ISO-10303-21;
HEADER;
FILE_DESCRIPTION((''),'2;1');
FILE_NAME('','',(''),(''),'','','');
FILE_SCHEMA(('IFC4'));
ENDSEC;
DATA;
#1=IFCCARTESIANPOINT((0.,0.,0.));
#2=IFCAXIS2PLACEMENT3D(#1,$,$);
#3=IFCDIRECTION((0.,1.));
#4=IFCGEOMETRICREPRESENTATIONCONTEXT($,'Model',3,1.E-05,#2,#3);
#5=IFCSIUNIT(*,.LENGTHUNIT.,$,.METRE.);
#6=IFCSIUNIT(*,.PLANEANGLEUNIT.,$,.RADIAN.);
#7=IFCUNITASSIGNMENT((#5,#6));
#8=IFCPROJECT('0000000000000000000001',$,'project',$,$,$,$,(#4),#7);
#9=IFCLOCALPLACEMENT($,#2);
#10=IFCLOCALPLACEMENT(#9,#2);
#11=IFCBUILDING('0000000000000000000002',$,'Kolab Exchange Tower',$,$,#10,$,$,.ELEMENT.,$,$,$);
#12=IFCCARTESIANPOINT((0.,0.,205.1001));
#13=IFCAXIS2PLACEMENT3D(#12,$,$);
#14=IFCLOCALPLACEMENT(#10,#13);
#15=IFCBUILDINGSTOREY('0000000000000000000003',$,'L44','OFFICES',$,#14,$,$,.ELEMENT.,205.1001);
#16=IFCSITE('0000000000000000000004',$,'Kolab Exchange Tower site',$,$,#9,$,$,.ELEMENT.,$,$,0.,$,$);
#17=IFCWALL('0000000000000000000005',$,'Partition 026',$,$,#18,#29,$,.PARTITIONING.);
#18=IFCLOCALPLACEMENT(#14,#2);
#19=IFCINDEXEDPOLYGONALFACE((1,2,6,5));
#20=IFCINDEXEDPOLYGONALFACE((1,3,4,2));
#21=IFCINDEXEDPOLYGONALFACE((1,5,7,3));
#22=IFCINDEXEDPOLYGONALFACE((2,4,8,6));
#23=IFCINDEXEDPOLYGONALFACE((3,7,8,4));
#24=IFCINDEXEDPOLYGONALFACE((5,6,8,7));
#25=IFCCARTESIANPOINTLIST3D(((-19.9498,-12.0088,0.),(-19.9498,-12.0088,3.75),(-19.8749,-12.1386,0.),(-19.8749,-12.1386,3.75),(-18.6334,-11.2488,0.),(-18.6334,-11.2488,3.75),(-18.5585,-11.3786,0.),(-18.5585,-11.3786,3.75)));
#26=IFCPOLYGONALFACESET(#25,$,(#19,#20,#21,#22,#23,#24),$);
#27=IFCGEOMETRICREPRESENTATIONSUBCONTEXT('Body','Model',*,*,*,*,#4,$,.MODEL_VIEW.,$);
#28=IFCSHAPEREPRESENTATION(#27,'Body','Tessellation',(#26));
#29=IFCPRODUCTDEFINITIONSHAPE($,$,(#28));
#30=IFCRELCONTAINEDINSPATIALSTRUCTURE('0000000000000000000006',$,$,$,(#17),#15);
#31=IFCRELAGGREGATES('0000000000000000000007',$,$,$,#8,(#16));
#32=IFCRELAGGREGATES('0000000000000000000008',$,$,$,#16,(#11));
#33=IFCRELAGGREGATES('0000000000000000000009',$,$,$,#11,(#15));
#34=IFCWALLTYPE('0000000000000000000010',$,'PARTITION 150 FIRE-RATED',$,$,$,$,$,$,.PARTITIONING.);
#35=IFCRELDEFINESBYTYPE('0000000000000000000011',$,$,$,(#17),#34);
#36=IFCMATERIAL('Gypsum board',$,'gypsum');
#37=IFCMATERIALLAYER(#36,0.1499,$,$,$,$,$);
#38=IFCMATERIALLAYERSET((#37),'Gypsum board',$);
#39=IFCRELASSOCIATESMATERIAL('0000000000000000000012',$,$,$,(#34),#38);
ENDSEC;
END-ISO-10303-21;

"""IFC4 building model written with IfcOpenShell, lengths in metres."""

from ifc_helpers import new_model, si_unit, direction, frame, frame_2d, origin, place, context, subcontext, project, spatial, rectangle, extrude, material, layer, layer_set, type_object, element, save


model = new_model("IFC4")

# Units and contexts
model_context = context("Model", 3, precision=1e-05, world=origin(), true_north=direction((0.0, 1.0)))
body_context = subcontext(model_context, "Body", "Model", "MODEL_VIEW")
ifc_project = project(units=[si_unit("LENGTHUNIT", "METRE"), si_unit("PLANEANGLEUNIT", "RADIAN")], contexts=[model_context])

# Site, building, storey
site_placement = place(None, origin())
site = spatial("IfcSite", under=ifc_project, at=site_placement, Name="Kolab Exchange Tower site", CompositionType="ELEMENT", RefElevation=0.0)
building_placement = place(site_placement, origin())
building = spatial("IfcBuilding", under=site, at=building_placement, Name="Kolab Exchange Tower", CompositionType="ELEMENT")
storey_placement = place(building_placement, frame((0.0, 0.0, 205.1001)))
storey = spatial("IfcBuildingStorey", under=building, at=storey_placement, Name="L44", Description="OFFICES", CompositionType="ELEMENT", Elevation=205.1001)

# Shared definitions
ifc_material_1 = material(Name="Gypsum board", Category="gypsum")

# Shared definitions
ifc_layer_1 = layer(ifc_material_1, 0.1499)
ifc_layer_set_1 = layer_set([ifc_layer_1], Name="Gypsum board")
wall_type_1 = type_object("IfcWallType", Name="PARTITION 150 FIRE-RATED", PredefinedType="PARTITIONING", material=ifc_layer_set_1)

# Wall
wall_1_placement = place(storey_placement, frame((-19.9124, -12.0737, 0.0), z_axis=(0.0, 0.0, 1.0), x_axis=(0.86603, 0.499991, 0.0)))
element("IfcWall", 1, at=wall_1_placement, inside=storey, type_object=wall_type_1, Name="Partition 026", PredefinedType="PARTITIONING", context=body_context, shape_type="SweptSolid", body=[
    extrude(rectangle(XDim=1.52, YDim=0.1499, at=frame_2d((0.76, 0.0))), origin(), (0.0, 0.0, 1.0), 3.75),
])

save(model, "model.ifc")
